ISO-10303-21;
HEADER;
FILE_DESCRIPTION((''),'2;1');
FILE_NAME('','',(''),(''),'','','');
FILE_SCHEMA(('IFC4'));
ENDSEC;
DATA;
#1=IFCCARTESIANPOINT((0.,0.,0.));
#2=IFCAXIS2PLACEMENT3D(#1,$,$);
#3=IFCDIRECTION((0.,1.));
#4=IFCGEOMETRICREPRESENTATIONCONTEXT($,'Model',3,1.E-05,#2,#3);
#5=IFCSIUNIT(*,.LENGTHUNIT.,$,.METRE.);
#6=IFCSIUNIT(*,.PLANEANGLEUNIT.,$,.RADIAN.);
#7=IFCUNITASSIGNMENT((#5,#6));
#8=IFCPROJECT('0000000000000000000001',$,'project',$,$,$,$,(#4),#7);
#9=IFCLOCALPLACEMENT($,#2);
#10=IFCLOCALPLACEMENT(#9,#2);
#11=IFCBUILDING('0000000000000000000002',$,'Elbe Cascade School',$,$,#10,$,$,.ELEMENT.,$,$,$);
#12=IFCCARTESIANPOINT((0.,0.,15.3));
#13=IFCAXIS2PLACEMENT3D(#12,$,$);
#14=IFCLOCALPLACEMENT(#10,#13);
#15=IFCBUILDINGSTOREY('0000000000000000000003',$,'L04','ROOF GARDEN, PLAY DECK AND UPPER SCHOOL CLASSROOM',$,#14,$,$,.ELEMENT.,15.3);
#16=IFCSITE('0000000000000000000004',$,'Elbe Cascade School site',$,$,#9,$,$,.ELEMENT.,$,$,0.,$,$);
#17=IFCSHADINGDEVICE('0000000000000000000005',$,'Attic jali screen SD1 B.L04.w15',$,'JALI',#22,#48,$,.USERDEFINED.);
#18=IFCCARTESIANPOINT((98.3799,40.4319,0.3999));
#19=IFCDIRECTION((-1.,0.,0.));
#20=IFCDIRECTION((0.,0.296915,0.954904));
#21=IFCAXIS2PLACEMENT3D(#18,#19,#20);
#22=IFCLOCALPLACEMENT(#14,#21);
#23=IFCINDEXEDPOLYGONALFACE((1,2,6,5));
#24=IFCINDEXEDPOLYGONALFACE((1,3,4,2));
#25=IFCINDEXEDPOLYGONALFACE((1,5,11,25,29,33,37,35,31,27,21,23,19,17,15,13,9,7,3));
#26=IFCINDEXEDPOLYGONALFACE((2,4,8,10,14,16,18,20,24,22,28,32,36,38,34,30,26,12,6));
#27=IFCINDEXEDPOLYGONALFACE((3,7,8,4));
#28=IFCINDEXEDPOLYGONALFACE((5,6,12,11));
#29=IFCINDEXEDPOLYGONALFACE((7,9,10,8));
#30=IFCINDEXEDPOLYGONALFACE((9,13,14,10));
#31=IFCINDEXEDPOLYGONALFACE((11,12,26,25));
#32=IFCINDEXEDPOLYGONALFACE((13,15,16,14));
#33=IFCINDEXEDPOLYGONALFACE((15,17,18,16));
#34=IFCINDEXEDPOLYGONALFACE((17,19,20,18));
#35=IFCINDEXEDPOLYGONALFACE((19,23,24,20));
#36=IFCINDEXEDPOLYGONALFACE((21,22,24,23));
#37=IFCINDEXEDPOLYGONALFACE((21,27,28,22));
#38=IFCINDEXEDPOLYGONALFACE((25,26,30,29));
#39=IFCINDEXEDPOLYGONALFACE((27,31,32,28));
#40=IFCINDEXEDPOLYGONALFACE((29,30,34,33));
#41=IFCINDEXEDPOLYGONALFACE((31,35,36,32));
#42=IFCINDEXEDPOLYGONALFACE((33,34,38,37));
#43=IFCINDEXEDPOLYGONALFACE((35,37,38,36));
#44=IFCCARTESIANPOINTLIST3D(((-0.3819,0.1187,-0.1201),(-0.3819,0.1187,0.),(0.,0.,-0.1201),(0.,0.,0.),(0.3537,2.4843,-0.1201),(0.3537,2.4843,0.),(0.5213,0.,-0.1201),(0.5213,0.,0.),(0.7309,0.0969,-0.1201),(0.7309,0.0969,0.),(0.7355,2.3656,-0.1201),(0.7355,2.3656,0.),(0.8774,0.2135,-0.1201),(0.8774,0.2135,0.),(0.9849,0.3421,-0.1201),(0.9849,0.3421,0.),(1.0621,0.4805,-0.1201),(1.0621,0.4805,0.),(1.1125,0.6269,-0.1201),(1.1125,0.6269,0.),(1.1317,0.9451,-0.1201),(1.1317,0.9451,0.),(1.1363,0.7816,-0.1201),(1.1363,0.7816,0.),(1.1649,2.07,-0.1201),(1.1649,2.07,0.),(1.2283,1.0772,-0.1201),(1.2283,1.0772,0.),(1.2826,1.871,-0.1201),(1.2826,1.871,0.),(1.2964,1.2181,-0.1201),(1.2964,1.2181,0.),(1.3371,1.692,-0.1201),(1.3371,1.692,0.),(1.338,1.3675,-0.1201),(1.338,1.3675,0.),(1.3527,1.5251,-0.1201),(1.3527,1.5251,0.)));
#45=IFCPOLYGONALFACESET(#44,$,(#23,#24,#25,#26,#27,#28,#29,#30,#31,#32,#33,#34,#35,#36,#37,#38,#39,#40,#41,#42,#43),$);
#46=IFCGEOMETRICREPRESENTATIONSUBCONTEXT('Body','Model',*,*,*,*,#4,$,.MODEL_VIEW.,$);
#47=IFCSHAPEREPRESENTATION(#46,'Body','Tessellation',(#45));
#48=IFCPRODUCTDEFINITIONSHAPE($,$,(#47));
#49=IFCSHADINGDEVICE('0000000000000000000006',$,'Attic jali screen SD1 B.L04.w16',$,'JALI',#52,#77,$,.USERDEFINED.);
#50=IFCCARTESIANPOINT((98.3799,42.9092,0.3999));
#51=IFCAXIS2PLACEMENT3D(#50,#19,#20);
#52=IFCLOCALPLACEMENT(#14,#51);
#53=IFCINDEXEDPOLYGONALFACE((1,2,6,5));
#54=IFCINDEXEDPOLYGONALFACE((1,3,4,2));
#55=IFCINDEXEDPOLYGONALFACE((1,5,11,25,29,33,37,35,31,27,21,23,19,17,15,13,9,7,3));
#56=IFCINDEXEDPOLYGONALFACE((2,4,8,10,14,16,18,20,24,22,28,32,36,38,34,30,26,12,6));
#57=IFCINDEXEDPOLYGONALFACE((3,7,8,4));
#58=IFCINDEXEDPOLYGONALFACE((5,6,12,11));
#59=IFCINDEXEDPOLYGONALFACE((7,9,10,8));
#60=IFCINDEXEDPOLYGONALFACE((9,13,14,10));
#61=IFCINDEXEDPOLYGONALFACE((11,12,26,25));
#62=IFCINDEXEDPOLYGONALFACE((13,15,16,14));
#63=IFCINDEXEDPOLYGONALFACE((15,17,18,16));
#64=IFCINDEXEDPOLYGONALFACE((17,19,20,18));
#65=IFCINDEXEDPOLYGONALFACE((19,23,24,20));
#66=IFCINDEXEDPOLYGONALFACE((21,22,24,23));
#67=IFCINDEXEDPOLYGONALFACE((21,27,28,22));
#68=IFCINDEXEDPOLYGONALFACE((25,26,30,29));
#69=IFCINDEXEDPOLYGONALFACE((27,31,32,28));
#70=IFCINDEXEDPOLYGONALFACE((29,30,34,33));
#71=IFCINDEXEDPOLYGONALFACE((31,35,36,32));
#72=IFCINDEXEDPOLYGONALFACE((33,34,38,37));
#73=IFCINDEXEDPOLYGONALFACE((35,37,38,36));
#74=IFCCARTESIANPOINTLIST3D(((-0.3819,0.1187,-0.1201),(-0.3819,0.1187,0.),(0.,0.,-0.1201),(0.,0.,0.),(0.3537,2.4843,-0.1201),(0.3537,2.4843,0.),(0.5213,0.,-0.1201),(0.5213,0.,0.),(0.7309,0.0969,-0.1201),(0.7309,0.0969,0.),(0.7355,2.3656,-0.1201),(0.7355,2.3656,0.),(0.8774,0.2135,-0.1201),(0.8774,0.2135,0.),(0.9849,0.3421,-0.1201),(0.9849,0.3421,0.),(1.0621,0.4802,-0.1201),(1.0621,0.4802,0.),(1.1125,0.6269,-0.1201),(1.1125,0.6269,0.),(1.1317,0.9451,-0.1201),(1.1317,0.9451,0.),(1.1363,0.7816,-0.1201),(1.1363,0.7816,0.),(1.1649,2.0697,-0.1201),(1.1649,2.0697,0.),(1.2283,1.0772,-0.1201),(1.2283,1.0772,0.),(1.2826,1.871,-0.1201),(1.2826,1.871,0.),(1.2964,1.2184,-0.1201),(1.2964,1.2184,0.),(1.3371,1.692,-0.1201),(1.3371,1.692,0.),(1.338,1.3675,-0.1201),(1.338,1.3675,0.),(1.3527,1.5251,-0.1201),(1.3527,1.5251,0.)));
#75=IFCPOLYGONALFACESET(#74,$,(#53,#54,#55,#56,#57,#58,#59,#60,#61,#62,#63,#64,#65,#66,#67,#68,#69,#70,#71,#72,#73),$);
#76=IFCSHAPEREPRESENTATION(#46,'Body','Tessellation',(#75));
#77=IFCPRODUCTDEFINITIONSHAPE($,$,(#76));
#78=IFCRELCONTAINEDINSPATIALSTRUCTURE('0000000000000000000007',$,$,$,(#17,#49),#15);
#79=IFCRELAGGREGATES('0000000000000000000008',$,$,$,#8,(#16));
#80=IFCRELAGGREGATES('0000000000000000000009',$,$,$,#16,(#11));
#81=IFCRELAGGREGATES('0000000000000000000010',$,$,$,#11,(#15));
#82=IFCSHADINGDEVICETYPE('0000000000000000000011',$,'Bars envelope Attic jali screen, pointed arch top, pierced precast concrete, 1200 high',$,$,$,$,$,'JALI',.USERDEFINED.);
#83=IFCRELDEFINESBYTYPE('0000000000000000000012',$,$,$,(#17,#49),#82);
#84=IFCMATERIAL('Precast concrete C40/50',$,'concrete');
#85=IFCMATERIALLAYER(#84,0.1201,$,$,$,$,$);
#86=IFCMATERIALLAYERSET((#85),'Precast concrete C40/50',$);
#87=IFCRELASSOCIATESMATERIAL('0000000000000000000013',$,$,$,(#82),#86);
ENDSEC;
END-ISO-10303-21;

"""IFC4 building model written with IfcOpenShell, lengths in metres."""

from ifc_helpers import new_model, si_unit, direction, frame, origin, place, context, subcontext, project, spatial, polyline, outline, extrude, material, layer, layer_set, type_object, element, save


model = new_model("IFC4")

# Units and contexts
model_context = context("Model", 3, precision=1e-05, world=origin(), true_north=direction((0.0, 1.0)))
body_context = subcontext(model_context, "Body", "Model", "MODEL_VIEW")
ifc_project = project(units=[si_unit("LENGTHUNIT", "METRE"), si_unit("PLANEANGLEUNIT", "RADIAN")], contexts=[model_context])

# Site, building, storey
site_placement = place(None, origin())
site = spatial("IfcSite", under=ifc_project, at=site_placement, Name="Elbe Cascade School site", CompositionType="ELEMENT", RefElevation=0.0)
building_placement = place(site_placement, origin())
building = spatial("IfcBuilding", under=site, at=building_placement, Name="Elbe Cascade School", CompositionType="ELEMENT")
storey_placement = place(building_placement, frame((0.0, 0.0, 15.3)))
storey = spatial("IfcBuildingStorey", under=building, at=storey_placement, Name="L04", Description="ROOF GARDEN, PLAY DECK AND UPPER SCHOOL CLASSROOM", CompositionType="ELEMENT", Elevation=15.3)

# Shading devices
ifc_material_1 = material(Name="Precast concrete C40/50", Category="concrete")
ifc_layer_1 = layer(ifc_material_1, 0.1201)
ifc_layer_set_1 = layer_set([ifc_layer_1], Name="Precast concrete C40/50")
shading_device_type = type_object("IfcShadingDeviceType", Name="Bars envelope Attic jali screen, pointed arch top, pierced precast concrete, 1200 high", ElementType="JALI", PredefinedType="USERDEFINED", material=ifc_layer_set_1)
shading_device_1_placement = place(storey_placement, frame((98.3799, 40.4319, 0.3999), z_axis=(-1.0, 0.0, 0.0), x_axis=(0.0, 0.296915, 0.954904)))
element("IfcShadingDevice", 1, at=shading_device_1_placement, inside=storey, type_object=shading_device_type, Name="Attic jali screen SD1 B.L04.w15", ObjectType="JALI", PredefinedType="USERDEFINED", context=body_context, shape_type="SweptSolid", body=[
    extrude(outline(polyline([(0.0, 0.0), (0.5213, 0.0), (0.7309, 0.0969), (0.8774, 0.2135), (0.9849, 0.3421), (1.0621, 0.4805), (1.1125, 0.6269), (1.1363, 0.7816), (1.1317, 0.9451), (1.2283, 1.0772), (1.2964, 1.2181), (1.338, 1.3675), (1.3527, 1.5251), (1.3371, 1.692), (1.2826, 1.871), (1.1649, 2.07), (0.7355, 2.3656), (0.3537, 2.4843), (-0.3819, 0.1187), (0.0, 0.0)])), origin(), (0.0, 0.0, -1.0), 0.1201),
])
shading_device_2_placement = place(storey_placement, frame((98.3799, 42.9092, 0.3999), z_axis=(-1.0, 0.0, 0.0), x_axis=(0.0, 0.296915, 0.954904)))
element("IfcShadingDevice", 2, at=shading_device_2_placement, inside=storey, type_object=shading_device_type, Name="Attic jali screen SD1 B.L04.w16", ObjectType="JALI", PredefinedType="USERDEFINED", context=body_context, shape_type="SweptSolid", body=[
    extrude(outline(polyline([(0.0, 0.0), (0.5213, 0.0), (0.7309, 0.0969), (0.8774, 0.2135), (0.9849, 0.3421), (1.0621, 0.4802), (1.1125, 0.6269), (1.1363, 0.7816), (1.1317, 0.9451), (1.2283, 1.0772), (1.2964, 1.2184), (1.338, 1.3675), (1.3527, 1.5251), (1.3371, 1.692), (1.2826, 1.871), (1.1649, 2.0697), (0.7355, 2.3656), (0.3537, 2.4843), (-0.3819, 0.1187), (0.0, 0.0)])), origin(), (0.0, 0.0, -1.0), 0.1201),
])

save(model, "model.ifc")
